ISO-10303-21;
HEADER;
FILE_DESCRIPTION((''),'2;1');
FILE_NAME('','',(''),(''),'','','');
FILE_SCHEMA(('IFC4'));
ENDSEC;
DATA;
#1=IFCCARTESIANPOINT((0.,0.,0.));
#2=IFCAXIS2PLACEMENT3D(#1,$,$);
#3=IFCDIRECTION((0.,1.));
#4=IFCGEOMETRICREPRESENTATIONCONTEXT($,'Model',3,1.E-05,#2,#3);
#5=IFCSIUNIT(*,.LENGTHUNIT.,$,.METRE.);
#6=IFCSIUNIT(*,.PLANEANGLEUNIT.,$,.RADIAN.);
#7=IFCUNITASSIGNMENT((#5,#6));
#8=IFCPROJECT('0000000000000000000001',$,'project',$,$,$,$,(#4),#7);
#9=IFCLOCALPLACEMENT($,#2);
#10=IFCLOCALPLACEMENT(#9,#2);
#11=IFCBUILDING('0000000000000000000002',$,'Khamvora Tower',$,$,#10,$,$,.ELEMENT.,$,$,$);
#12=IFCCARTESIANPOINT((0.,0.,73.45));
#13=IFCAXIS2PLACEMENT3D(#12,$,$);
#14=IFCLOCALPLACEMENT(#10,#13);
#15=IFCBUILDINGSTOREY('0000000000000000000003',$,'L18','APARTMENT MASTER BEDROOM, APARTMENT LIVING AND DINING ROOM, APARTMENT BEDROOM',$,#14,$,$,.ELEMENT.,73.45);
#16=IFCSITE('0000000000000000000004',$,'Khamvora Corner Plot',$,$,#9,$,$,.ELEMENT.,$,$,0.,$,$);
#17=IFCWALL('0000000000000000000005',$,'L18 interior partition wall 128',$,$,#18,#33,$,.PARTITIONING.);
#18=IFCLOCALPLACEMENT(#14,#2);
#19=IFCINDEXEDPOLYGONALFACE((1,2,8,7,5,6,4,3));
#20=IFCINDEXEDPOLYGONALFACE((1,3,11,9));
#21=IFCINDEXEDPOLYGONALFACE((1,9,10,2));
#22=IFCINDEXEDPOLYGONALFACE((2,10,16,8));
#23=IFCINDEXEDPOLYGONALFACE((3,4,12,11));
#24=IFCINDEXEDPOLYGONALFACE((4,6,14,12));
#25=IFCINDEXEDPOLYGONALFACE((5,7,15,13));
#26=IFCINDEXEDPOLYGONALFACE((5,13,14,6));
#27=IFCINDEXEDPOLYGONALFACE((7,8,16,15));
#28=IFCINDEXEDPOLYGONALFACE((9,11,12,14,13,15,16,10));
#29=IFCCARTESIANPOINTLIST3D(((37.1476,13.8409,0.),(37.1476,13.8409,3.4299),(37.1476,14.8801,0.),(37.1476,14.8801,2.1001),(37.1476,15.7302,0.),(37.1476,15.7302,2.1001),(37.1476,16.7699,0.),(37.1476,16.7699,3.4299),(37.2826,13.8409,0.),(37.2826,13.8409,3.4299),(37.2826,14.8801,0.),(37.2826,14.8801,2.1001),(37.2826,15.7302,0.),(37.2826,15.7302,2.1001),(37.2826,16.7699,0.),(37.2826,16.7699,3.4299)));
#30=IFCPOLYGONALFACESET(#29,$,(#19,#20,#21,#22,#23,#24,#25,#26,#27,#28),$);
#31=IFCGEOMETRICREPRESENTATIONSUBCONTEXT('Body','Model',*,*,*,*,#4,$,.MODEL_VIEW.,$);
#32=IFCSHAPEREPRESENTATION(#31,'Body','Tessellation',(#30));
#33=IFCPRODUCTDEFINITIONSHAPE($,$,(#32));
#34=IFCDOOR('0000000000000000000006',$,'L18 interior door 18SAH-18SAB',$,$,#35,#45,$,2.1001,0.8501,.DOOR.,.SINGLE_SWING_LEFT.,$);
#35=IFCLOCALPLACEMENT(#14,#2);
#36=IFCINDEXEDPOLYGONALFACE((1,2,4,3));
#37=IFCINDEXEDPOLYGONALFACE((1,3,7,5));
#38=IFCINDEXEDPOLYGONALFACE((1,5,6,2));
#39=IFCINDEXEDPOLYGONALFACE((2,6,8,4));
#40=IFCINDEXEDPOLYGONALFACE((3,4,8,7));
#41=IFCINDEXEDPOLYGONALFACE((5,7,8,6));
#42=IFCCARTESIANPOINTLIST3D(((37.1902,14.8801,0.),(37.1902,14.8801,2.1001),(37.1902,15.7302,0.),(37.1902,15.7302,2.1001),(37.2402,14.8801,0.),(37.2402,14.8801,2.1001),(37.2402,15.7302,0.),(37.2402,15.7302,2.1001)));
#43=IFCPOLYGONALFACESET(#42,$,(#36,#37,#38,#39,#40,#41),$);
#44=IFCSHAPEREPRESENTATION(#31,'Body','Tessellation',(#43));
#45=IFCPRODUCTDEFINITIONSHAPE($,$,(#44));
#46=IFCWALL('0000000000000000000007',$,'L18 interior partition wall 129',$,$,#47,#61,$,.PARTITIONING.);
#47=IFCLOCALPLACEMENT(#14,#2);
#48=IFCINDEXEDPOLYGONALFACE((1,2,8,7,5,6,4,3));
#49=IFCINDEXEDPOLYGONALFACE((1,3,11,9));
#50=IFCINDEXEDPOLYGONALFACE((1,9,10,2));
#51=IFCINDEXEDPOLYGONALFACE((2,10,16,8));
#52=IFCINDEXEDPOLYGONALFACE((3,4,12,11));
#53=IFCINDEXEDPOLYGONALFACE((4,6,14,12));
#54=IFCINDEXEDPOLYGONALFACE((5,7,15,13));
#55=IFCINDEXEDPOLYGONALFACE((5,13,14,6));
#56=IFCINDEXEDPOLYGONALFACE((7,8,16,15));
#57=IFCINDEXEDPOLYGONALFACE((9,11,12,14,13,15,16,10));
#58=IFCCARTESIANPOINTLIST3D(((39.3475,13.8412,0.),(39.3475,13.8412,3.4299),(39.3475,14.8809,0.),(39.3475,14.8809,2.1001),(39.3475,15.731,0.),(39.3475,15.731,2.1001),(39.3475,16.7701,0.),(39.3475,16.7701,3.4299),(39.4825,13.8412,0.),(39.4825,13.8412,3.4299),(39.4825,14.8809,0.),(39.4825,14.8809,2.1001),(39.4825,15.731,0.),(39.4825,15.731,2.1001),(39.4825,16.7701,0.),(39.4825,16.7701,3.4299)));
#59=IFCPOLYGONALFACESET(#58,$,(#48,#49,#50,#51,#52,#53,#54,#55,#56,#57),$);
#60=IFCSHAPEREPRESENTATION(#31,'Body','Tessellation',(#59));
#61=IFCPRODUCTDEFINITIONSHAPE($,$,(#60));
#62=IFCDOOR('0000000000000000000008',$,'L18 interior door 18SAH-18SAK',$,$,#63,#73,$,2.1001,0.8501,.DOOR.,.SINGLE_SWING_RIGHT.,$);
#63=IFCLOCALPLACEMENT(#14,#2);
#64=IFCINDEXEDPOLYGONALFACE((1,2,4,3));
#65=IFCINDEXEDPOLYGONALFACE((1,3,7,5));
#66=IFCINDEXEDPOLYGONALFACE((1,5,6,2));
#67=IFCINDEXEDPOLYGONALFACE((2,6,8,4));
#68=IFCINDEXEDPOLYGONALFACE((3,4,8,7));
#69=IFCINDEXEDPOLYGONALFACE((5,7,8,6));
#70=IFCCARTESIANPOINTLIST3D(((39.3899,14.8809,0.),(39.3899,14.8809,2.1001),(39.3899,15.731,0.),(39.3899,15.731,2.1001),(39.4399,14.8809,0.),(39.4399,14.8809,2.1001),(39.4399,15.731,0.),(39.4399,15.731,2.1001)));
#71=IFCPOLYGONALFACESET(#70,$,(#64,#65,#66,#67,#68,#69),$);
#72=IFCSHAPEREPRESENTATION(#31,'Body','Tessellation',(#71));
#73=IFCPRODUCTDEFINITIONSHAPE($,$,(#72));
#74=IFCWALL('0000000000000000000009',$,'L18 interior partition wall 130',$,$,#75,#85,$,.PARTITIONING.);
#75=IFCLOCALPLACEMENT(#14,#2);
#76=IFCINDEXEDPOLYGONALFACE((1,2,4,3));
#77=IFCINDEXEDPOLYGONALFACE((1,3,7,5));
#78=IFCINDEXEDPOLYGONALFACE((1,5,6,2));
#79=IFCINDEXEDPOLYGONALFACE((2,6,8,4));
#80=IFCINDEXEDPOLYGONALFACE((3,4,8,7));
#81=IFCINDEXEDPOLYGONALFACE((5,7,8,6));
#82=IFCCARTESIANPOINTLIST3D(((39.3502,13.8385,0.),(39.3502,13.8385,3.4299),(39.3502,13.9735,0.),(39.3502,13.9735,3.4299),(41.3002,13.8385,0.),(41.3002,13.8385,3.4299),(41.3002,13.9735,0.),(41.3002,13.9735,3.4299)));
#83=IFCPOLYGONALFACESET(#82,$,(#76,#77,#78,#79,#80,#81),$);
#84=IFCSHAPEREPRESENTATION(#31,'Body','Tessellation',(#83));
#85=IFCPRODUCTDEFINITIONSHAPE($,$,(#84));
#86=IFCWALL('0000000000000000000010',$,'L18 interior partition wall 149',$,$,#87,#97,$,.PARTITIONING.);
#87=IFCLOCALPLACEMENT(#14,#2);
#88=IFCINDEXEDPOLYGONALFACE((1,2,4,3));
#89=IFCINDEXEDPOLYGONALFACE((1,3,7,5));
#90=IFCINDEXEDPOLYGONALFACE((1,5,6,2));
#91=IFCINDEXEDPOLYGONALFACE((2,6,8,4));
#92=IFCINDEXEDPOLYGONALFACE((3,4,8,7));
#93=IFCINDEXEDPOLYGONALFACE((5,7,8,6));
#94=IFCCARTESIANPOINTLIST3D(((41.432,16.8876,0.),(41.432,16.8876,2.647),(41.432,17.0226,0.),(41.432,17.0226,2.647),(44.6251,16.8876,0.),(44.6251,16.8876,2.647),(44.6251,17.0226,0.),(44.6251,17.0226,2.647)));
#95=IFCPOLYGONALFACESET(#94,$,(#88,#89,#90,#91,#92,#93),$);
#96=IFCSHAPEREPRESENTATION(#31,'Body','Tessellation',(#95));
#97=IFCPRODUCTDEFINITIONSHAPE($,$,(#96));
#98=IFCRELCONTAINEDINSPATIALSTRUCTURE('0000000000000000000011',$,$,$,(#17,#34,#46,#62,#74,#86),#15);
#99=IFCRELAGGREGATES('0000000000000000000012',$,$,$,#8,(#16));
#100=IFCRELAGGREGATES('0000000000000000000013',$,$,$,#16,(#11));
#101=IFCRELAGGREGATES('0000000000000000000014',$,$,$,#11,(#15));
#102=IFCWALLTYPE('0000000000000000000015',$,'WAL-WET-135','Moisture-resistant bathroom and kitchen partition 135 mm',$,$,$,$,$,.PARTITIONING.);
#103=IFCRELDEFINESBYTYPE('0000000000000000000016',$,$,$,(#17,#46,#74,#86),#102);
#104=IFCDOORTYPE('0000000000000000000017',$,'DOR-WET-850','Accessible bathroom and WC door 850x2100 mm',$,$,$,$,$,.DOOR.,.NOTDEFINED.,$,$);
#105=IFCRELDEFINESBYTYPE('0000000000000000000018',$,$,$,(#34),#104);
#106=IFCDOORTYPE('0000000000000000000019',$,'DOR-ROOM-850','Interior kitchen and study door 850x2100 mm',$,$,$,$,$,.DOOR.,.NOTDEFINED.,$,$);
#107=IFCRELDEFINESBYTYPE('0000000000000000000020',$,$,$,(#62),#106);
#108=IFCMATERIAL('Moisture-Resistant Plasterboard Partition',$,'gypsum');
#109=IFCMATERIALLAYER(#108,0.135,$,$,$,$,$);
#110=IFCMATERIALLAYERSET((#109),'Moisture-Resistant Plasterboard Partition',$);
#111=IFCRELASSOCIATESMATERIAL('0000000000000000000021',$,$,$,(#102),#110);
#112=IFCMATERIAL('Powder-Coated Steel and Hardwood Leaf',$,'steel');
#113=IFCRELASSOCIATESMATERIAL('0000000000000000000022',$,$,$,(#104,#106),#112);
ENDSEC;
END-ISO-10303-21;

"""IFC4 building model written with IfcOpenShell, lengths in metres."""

from ifc_helpers import new_model, si_unit, direction, frame, frame_2d, origin, place, context, subcontext, project, spatial, rectangle, extrude, material, layer, layer_set, type_object, element, fill, save


model = new_model("IFC4")

# Units and contexts
model_context = context("Model", 3, precision=1e-05, world=origin(), true_north=direction((0.0, 1.0)))
body_context = subcontext(model_context, "Body", "Model", "MODEL_VIEW")
ifc_project = project(units=[si_unit("LENGTHUNIT", "METRE"), si_unit("PLANEANGLEUNIT", "RADIAN")], contexts=[model_context])

# Site, building, storey
site_placement = place(None, origin())
site = spatial("IfcSite", under=ifc_project, at=site_placement, Name="Khamvora Corner Plot", CompositionType="ELEMENT", RefElevation=0.0)
building_placement = place(site_placement, origin())
building = spatial("IfcBuilding", under=site, at=building_placement, Name="Khamvora Tower", CompositionType="ELEMENT")
storey_placement = place(building_placement, frame((0.0, 0.0, 73.45)))
storey = spatial("IfcBuildingStorey", under=building, at=storey_placement, Name="L18", Description="APARTMENT MASTER BEDROOM, APARTMENT LIVING AND DINING ROOM, APARTMENT BEDROOM", CompositionType="ELEMENT", Elevation=73.45)

# Shared definitions
ifc_material_1 = material(Name="Powder-Coated Steel and Hardwood Leaf", Category="steel")

# Shared definitions
ifc_material_2 = material(Name="Moisture-Resistant Plasterboard Partition", Category="gypsum")
ifc_layer_1 = layer(ifc_material_2, 0.135)
ifc_layer_set_1 = layer_set([ifc_layer_1], Name="Moisture-Resistant Plasterboard Partition")
wall_type_1 = type_object("IfcWallType", Name="WAL-WET-135", Description="Moisture-resistant bathroom and kitchen partition 135 mm", PredefinedType="PARTITIONING", material=ifc_layer_set_1)

# Walls, openings, doors
wall_1_placement = place(storey_placement, frame((37.2151, 13.8411, 0.0), z_axis=(0.0, 0.0, 1.0), x_axis=(0.0, 1.0, 0.0)))
wall_1 = element("IfcWall", 1, at=wall_1_placement, inside=storey, type_object=wall_type_1, Name="L18 interior partition wall 128", PredefinedType="PARTITIONING", context=body_context, shape_type="SweptSolid", body=[
    extrude(rectangle(XDim=2.929, YDim=0.135, at=frame_2d((1.4644, 0.0))), origin(), (0.0, 0.0, 1.0), 3.4299),
])
opening_1_placement = place(wall_1_placement, frame((1.0391, 0.0, 0.0)))
opening_1 = element("IfcOpeningElement", 2, at=opening_1_placement, cuts=wall_1, PredefinedType="OPENING", context=body_context, shape_type="SweptSolid", body=[
    extrude(rectangle(XDim=0.8501, YDim=2.1001, at=frame_2d((0.425, 1.05))), frame((0.0, 0.0774, 0.0), z_axis=(0.0, -1.0, 0.0), x_axis=(1.0, 0.0, 0.0)), (0.0, 0.0, 1.0), 0.155),
])
door_type_1 = type_object("IfcDoorType", Name="DOR-WET-850", Description="Accessible bathroom and WC door 850x2100 mm", OperationType="NOTDEFINED", PredefinedType="DOOR", material=ifc_material_1)
door_1_placement = place(opening_1_placement, origin())
door_1 = element("IfcDoor", 3, at=door_1_placement, inside=storey, type_object=door_type_1, Name="L18 interior door 18SAH-18SAB", OperationType="SINGLE_SWING_LEFT", OverallHeight=2.1001, OverallWidth=0.8501, PredefinedType="DOOR", context=body_context, shape_type="SweptSolid", body=[
    extrude(rectangle(XDim=0.8501, YDim=2.1001, at=frame_2d((0.425, 1.05))), frame((0.0, 0.0249, 0.0), z_axis=(0.0, -1.0, 0.0), x_axis=(1.0, 0.0, 0.0)), (0.0, 0.0, 1.0), 0.05),
])
fill(opening_1, door_1)
wall_2_placement = place(storey_placement, frame((39.415, 16.77, 0.0), z_axis=(0.0, 0.0, 1.0), x_axis=(0.0, -1.0, 0.0)))
wall_2 = element("IfcWall", 4, at=wall_2_placement, inside=storey, type_object=wall_type_1, Name="L18 interior partition wall 129", PredefinedType="PARTITIONING", context=body_context, shape_type="SweptSolid", body=[
    extrude(rectangle(XDim=2.929, YDim=0.135, at=frame_2d((1.4644, 0.0))), origin(), (0.0, 0.0, 1.0), 3.4299),
])
opening_2_placement = place(wall_2_placement, frame((1.0391, 0.0, 0.0)))
opening_2 = element("IfcOpeningElement", 5, at=opening_2_placement, cuts=wall_2, PredefinedType="OPENING", context=body_context, shape_type="SweptSolid", body=[
    extrude(rectangle(XDim=0.8501, YDim=2.1001, at=frame_2d((0.425, 1.05))), frame((0.0, 0.0774, 0.0), z_axis=(0.0, -1.0, 0.0), x_axis=(1.0, 0.0, 0.0)), (0.0, 0.0, 1.0), 0.155),
])
door_type_2 = type_object("IfcDoorType", Name="DOR-ROOM-850", Description="Interior kitchen and study door 850x2100 mm", OperationType="NOTDEFINED", PredefinedType="DOOR", material=ifc_material_1)
door_2_placement = place(opening_2_placement, origin())
door_2 = element("IfcDoor", 6, at=door_2_placement, inside=storey, type_object=door_type_2, Name="L18 interior door 18SAH-18SAK", OperationType="SINGLE_SWING_RIGHT", OverallHeight=2.1001, OverallWidth=0.8501, PredefinedType="DOOR", context=body_context, shape_type="SweptSolid", body=[
    extrude(rectangle(XDim=0.8501, YDim=2.1001, at=frame_2d((0.425, 1.05))), frame((0.0, 0.0249, 0.0), z_axis=(0.0, -1.0, 0.0), x_axis=(1.0, 0.0, 0.0)), (0.0, 0.0, 1.0), 0.05),
])
fill(opening_2, door_2)

# Walls
wall_3_placement = place(storey_placement, frame((39.3501, 13.906, 0.0), z_axis=(0.0, 0.0, 1.0), x_axis=(1.0, 0.0, 0.0)))
element("IfcWall", 7, at=wall_3_placement, inside=storey, type_object=wall_type_1, Name="L18 interior partition wall 130", PredefinedType="PARTITIONING", context=body_context, shape_type="SweptSolid", body=[
    extrude(rectangle(XDim=1.95, YDim=0.135, at=frame_2d((0.9751, 0.0))), origin(), (0.0, 0.0, 1.0), 3.4299),
])
wall_4_placement = place(storey_placement, frame((41.4319, 16.9551, 0.0), z_axis=(0.0, 0.0, 1.0), x_axis=(1.0, 0.0, 0.0)))
element("IfcWall", 8, at=wall_4_placement, inside=storey, type_object=wall_type_1, Name="L18 interior partition wall 149", PredefinedType="PARTITIONING", context=body_context, shape_type="SweptSolid", body=[
    extrude(rectangle(XDim=3.1931, YDim=0.135, at=frame_2d((1.5967, 0.0))), origin(), (0.0, 0.0, 1.0), 2.647),
])

save(model, "model.ifc")
